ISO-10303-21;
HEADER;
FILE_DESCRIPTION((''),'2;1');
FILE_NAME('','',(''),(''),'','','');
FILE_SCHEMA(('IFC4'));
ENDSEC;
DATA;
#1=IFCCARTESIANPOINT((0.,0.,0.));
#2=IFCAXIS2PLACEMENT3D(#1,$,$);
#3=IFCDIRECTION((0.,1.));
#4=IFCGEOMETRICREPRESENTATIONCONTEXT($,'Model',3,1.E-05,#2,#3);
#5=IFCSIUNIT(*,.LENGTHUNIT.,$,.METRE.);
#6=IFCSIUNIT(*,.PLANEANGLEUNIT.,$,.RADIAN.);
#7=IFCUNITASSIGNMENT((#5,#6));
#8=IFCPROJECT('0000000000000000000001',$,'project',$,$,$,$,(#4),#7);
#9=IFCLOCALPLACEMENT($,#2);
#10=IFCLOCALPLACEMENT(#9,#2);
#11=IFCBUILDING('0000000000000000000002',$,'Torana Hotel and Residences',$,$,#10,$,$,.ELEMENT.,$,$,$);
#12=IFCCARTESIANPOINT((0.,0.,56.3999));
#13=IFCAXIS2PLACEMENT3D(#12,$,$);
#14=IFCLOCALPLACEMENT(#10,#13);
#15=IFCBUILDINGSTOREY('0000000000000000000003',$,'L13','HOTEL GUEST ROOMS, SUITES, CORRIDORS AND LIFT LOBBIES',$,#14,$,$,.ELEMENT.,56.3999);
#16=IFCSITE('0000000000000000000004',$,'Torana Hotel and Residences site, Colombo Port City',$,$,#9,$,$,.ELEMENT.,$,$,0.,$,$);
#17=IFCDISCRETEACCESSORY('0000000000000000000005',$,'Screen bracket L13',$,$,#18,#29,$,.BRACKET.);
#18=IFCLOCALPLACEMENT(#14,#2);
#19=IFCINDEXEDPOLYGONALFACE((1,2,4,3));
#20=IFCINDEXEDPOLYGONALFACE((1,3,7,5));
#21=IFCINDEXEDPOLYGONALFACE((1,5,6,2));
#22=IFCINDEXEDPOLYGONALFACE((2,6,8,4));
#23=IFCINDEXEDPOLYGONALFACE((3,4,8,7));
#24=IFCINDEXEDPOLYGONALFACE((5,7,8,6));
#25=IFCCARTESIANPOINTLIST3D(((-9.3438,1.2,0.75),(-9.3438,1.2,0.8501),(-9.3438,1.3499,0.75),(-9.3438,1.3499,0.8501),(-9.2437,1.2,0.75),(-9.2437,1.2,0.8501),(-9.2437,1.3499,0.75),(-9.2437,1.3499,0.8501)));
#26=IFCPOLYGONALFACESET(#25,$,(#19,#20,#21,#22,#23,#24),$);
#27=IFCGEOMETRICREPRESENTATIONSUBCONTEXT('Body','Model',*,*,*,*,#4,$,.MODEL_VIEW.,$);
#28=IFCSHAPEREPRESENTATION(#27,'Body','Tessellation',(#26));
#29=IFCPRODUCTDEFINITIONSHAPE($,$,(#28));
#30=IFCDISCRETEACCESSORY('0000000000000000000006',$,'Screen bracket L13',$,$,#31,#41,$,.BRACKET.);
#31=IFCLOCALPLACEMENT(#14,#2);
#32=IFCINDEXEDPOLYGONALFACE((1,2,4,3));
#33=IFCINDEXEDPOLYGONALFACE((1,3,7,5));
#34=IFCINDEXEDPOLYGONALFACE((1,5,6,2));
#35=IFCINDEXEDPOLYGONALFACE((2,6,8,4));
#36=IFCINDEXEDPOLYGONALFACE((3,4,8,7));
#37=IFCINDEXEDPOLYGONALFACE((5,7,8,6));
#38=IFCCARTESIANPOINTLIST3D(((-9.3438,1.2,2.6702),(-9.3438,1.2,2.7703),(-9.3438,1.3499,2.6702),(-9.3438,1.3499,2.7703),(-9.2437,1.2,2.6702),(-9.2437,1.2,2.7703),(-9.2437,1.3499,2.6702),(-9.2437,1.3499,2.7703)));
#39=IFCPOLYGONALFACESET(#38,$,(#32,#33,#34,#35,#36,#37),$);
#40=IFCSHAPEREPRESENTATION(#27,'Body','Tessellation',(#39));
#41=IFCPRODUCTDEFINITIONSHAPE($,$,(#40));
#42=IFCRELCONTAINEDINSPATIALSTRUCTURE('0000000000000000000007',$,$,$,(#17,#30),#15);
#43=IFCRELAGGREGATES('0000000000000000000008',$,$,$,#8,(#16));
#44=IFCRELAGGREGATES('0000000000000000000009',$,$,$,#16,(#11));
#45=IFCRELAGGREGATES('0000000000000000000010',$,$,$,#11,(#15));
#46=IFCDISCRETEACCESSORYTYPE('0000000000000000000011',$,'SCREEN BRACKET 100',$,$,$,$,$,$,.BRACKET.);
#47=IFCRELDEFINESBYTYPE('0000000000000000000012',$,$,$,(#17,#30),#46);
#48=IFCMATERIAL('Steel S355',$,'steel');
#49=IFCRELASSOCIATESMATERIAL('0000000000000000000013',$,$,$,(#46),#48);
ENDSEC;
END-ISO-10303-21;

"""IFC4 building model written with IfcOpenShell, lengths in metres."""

from ifc_helpers import new_model, si_unit, direction, frame, origin, origin_2d, place, context, subcontext, project, spatial, rectangle, extrude, material, type_object, element, save


model = new_model("IFC4")

# Units and contexts
model_context = context("Model", 3, precision=1e-05, world=origin(), true_north=direction((0.0, 1.0)))
body_context = subcontext(model_context, "Body", "Model", "MODEL_VIEW")
ifc_project = project(units=[si_unit("LENGTHUNIT", "METRE"), si_unit("PLANEANGLEUNIT", "RADIAN")], contexts=[model_context])

# Site, building, storey
site_placement = place(None, origin())
site = spatial("IfcSite", under=ifc_project, at=site_placement, Name="Torana Hotel and Residences site, Colombo Port City", CompositionType="ELEMENT", RefElevation=0.0)
building_placement = place(site_placement, origin())
building = spatial("IfcBuilding", under=site, at=building_placement, Name="Torana Hotel and Residences", CompositionType="ELEMENT")
storey_placement = place(building_placement, frame((0.0, 0.0, 56.3999)))
storey = spatial("IfcBuildingStorey", under=building, at=storey_placement, Name="L13", Description="HOTEL GUEST ROOMS, SUITES, CORRIDORS AND LIFT LOBBIES", CompositionType="ELEMENT", Elevation=56.3999)

# Discrete accessories
ifc_material_1 = material(Name="Steel S355", Category="steel")
discrete_accessory_type = type_object("IfcDiscreteAccessoryType", Name="SCREEN BRACKET 100", PredefinedType="BRACKET", material=ifc_material_1)
for number, where, z_axis, x_axis, name in (
    (1, (-9.2937, 1.2749, 0.75), (0.0, 0.0, 1.0), (-1.0, 0.0, 0.0), "Screen bracket L13"),
    (2, (-9.2937, 1.2749, 2.6702), (0.0, 0.0, 1.0), (-1.0, 0.0, 0.0), "Screen bracket L13"),
):
    element("IfcDiscreteAccessory", number, at=place(storey_placement, frame(where, z_axis=z_axis, x_axis=x_axis)), inside=storey, type_object=discrete_accessory_type, Name=name, PredefinedType="BRACKET", context=body_context, shape_type="SweptSolid", body=[
        extrude(rectangle(XDim=0.1001, YDim=0.1499, at=origin_2d()), origin(), (0.0, 0.0, 1.0), 0.1001),
    ])

save(model, "model.ifc")
